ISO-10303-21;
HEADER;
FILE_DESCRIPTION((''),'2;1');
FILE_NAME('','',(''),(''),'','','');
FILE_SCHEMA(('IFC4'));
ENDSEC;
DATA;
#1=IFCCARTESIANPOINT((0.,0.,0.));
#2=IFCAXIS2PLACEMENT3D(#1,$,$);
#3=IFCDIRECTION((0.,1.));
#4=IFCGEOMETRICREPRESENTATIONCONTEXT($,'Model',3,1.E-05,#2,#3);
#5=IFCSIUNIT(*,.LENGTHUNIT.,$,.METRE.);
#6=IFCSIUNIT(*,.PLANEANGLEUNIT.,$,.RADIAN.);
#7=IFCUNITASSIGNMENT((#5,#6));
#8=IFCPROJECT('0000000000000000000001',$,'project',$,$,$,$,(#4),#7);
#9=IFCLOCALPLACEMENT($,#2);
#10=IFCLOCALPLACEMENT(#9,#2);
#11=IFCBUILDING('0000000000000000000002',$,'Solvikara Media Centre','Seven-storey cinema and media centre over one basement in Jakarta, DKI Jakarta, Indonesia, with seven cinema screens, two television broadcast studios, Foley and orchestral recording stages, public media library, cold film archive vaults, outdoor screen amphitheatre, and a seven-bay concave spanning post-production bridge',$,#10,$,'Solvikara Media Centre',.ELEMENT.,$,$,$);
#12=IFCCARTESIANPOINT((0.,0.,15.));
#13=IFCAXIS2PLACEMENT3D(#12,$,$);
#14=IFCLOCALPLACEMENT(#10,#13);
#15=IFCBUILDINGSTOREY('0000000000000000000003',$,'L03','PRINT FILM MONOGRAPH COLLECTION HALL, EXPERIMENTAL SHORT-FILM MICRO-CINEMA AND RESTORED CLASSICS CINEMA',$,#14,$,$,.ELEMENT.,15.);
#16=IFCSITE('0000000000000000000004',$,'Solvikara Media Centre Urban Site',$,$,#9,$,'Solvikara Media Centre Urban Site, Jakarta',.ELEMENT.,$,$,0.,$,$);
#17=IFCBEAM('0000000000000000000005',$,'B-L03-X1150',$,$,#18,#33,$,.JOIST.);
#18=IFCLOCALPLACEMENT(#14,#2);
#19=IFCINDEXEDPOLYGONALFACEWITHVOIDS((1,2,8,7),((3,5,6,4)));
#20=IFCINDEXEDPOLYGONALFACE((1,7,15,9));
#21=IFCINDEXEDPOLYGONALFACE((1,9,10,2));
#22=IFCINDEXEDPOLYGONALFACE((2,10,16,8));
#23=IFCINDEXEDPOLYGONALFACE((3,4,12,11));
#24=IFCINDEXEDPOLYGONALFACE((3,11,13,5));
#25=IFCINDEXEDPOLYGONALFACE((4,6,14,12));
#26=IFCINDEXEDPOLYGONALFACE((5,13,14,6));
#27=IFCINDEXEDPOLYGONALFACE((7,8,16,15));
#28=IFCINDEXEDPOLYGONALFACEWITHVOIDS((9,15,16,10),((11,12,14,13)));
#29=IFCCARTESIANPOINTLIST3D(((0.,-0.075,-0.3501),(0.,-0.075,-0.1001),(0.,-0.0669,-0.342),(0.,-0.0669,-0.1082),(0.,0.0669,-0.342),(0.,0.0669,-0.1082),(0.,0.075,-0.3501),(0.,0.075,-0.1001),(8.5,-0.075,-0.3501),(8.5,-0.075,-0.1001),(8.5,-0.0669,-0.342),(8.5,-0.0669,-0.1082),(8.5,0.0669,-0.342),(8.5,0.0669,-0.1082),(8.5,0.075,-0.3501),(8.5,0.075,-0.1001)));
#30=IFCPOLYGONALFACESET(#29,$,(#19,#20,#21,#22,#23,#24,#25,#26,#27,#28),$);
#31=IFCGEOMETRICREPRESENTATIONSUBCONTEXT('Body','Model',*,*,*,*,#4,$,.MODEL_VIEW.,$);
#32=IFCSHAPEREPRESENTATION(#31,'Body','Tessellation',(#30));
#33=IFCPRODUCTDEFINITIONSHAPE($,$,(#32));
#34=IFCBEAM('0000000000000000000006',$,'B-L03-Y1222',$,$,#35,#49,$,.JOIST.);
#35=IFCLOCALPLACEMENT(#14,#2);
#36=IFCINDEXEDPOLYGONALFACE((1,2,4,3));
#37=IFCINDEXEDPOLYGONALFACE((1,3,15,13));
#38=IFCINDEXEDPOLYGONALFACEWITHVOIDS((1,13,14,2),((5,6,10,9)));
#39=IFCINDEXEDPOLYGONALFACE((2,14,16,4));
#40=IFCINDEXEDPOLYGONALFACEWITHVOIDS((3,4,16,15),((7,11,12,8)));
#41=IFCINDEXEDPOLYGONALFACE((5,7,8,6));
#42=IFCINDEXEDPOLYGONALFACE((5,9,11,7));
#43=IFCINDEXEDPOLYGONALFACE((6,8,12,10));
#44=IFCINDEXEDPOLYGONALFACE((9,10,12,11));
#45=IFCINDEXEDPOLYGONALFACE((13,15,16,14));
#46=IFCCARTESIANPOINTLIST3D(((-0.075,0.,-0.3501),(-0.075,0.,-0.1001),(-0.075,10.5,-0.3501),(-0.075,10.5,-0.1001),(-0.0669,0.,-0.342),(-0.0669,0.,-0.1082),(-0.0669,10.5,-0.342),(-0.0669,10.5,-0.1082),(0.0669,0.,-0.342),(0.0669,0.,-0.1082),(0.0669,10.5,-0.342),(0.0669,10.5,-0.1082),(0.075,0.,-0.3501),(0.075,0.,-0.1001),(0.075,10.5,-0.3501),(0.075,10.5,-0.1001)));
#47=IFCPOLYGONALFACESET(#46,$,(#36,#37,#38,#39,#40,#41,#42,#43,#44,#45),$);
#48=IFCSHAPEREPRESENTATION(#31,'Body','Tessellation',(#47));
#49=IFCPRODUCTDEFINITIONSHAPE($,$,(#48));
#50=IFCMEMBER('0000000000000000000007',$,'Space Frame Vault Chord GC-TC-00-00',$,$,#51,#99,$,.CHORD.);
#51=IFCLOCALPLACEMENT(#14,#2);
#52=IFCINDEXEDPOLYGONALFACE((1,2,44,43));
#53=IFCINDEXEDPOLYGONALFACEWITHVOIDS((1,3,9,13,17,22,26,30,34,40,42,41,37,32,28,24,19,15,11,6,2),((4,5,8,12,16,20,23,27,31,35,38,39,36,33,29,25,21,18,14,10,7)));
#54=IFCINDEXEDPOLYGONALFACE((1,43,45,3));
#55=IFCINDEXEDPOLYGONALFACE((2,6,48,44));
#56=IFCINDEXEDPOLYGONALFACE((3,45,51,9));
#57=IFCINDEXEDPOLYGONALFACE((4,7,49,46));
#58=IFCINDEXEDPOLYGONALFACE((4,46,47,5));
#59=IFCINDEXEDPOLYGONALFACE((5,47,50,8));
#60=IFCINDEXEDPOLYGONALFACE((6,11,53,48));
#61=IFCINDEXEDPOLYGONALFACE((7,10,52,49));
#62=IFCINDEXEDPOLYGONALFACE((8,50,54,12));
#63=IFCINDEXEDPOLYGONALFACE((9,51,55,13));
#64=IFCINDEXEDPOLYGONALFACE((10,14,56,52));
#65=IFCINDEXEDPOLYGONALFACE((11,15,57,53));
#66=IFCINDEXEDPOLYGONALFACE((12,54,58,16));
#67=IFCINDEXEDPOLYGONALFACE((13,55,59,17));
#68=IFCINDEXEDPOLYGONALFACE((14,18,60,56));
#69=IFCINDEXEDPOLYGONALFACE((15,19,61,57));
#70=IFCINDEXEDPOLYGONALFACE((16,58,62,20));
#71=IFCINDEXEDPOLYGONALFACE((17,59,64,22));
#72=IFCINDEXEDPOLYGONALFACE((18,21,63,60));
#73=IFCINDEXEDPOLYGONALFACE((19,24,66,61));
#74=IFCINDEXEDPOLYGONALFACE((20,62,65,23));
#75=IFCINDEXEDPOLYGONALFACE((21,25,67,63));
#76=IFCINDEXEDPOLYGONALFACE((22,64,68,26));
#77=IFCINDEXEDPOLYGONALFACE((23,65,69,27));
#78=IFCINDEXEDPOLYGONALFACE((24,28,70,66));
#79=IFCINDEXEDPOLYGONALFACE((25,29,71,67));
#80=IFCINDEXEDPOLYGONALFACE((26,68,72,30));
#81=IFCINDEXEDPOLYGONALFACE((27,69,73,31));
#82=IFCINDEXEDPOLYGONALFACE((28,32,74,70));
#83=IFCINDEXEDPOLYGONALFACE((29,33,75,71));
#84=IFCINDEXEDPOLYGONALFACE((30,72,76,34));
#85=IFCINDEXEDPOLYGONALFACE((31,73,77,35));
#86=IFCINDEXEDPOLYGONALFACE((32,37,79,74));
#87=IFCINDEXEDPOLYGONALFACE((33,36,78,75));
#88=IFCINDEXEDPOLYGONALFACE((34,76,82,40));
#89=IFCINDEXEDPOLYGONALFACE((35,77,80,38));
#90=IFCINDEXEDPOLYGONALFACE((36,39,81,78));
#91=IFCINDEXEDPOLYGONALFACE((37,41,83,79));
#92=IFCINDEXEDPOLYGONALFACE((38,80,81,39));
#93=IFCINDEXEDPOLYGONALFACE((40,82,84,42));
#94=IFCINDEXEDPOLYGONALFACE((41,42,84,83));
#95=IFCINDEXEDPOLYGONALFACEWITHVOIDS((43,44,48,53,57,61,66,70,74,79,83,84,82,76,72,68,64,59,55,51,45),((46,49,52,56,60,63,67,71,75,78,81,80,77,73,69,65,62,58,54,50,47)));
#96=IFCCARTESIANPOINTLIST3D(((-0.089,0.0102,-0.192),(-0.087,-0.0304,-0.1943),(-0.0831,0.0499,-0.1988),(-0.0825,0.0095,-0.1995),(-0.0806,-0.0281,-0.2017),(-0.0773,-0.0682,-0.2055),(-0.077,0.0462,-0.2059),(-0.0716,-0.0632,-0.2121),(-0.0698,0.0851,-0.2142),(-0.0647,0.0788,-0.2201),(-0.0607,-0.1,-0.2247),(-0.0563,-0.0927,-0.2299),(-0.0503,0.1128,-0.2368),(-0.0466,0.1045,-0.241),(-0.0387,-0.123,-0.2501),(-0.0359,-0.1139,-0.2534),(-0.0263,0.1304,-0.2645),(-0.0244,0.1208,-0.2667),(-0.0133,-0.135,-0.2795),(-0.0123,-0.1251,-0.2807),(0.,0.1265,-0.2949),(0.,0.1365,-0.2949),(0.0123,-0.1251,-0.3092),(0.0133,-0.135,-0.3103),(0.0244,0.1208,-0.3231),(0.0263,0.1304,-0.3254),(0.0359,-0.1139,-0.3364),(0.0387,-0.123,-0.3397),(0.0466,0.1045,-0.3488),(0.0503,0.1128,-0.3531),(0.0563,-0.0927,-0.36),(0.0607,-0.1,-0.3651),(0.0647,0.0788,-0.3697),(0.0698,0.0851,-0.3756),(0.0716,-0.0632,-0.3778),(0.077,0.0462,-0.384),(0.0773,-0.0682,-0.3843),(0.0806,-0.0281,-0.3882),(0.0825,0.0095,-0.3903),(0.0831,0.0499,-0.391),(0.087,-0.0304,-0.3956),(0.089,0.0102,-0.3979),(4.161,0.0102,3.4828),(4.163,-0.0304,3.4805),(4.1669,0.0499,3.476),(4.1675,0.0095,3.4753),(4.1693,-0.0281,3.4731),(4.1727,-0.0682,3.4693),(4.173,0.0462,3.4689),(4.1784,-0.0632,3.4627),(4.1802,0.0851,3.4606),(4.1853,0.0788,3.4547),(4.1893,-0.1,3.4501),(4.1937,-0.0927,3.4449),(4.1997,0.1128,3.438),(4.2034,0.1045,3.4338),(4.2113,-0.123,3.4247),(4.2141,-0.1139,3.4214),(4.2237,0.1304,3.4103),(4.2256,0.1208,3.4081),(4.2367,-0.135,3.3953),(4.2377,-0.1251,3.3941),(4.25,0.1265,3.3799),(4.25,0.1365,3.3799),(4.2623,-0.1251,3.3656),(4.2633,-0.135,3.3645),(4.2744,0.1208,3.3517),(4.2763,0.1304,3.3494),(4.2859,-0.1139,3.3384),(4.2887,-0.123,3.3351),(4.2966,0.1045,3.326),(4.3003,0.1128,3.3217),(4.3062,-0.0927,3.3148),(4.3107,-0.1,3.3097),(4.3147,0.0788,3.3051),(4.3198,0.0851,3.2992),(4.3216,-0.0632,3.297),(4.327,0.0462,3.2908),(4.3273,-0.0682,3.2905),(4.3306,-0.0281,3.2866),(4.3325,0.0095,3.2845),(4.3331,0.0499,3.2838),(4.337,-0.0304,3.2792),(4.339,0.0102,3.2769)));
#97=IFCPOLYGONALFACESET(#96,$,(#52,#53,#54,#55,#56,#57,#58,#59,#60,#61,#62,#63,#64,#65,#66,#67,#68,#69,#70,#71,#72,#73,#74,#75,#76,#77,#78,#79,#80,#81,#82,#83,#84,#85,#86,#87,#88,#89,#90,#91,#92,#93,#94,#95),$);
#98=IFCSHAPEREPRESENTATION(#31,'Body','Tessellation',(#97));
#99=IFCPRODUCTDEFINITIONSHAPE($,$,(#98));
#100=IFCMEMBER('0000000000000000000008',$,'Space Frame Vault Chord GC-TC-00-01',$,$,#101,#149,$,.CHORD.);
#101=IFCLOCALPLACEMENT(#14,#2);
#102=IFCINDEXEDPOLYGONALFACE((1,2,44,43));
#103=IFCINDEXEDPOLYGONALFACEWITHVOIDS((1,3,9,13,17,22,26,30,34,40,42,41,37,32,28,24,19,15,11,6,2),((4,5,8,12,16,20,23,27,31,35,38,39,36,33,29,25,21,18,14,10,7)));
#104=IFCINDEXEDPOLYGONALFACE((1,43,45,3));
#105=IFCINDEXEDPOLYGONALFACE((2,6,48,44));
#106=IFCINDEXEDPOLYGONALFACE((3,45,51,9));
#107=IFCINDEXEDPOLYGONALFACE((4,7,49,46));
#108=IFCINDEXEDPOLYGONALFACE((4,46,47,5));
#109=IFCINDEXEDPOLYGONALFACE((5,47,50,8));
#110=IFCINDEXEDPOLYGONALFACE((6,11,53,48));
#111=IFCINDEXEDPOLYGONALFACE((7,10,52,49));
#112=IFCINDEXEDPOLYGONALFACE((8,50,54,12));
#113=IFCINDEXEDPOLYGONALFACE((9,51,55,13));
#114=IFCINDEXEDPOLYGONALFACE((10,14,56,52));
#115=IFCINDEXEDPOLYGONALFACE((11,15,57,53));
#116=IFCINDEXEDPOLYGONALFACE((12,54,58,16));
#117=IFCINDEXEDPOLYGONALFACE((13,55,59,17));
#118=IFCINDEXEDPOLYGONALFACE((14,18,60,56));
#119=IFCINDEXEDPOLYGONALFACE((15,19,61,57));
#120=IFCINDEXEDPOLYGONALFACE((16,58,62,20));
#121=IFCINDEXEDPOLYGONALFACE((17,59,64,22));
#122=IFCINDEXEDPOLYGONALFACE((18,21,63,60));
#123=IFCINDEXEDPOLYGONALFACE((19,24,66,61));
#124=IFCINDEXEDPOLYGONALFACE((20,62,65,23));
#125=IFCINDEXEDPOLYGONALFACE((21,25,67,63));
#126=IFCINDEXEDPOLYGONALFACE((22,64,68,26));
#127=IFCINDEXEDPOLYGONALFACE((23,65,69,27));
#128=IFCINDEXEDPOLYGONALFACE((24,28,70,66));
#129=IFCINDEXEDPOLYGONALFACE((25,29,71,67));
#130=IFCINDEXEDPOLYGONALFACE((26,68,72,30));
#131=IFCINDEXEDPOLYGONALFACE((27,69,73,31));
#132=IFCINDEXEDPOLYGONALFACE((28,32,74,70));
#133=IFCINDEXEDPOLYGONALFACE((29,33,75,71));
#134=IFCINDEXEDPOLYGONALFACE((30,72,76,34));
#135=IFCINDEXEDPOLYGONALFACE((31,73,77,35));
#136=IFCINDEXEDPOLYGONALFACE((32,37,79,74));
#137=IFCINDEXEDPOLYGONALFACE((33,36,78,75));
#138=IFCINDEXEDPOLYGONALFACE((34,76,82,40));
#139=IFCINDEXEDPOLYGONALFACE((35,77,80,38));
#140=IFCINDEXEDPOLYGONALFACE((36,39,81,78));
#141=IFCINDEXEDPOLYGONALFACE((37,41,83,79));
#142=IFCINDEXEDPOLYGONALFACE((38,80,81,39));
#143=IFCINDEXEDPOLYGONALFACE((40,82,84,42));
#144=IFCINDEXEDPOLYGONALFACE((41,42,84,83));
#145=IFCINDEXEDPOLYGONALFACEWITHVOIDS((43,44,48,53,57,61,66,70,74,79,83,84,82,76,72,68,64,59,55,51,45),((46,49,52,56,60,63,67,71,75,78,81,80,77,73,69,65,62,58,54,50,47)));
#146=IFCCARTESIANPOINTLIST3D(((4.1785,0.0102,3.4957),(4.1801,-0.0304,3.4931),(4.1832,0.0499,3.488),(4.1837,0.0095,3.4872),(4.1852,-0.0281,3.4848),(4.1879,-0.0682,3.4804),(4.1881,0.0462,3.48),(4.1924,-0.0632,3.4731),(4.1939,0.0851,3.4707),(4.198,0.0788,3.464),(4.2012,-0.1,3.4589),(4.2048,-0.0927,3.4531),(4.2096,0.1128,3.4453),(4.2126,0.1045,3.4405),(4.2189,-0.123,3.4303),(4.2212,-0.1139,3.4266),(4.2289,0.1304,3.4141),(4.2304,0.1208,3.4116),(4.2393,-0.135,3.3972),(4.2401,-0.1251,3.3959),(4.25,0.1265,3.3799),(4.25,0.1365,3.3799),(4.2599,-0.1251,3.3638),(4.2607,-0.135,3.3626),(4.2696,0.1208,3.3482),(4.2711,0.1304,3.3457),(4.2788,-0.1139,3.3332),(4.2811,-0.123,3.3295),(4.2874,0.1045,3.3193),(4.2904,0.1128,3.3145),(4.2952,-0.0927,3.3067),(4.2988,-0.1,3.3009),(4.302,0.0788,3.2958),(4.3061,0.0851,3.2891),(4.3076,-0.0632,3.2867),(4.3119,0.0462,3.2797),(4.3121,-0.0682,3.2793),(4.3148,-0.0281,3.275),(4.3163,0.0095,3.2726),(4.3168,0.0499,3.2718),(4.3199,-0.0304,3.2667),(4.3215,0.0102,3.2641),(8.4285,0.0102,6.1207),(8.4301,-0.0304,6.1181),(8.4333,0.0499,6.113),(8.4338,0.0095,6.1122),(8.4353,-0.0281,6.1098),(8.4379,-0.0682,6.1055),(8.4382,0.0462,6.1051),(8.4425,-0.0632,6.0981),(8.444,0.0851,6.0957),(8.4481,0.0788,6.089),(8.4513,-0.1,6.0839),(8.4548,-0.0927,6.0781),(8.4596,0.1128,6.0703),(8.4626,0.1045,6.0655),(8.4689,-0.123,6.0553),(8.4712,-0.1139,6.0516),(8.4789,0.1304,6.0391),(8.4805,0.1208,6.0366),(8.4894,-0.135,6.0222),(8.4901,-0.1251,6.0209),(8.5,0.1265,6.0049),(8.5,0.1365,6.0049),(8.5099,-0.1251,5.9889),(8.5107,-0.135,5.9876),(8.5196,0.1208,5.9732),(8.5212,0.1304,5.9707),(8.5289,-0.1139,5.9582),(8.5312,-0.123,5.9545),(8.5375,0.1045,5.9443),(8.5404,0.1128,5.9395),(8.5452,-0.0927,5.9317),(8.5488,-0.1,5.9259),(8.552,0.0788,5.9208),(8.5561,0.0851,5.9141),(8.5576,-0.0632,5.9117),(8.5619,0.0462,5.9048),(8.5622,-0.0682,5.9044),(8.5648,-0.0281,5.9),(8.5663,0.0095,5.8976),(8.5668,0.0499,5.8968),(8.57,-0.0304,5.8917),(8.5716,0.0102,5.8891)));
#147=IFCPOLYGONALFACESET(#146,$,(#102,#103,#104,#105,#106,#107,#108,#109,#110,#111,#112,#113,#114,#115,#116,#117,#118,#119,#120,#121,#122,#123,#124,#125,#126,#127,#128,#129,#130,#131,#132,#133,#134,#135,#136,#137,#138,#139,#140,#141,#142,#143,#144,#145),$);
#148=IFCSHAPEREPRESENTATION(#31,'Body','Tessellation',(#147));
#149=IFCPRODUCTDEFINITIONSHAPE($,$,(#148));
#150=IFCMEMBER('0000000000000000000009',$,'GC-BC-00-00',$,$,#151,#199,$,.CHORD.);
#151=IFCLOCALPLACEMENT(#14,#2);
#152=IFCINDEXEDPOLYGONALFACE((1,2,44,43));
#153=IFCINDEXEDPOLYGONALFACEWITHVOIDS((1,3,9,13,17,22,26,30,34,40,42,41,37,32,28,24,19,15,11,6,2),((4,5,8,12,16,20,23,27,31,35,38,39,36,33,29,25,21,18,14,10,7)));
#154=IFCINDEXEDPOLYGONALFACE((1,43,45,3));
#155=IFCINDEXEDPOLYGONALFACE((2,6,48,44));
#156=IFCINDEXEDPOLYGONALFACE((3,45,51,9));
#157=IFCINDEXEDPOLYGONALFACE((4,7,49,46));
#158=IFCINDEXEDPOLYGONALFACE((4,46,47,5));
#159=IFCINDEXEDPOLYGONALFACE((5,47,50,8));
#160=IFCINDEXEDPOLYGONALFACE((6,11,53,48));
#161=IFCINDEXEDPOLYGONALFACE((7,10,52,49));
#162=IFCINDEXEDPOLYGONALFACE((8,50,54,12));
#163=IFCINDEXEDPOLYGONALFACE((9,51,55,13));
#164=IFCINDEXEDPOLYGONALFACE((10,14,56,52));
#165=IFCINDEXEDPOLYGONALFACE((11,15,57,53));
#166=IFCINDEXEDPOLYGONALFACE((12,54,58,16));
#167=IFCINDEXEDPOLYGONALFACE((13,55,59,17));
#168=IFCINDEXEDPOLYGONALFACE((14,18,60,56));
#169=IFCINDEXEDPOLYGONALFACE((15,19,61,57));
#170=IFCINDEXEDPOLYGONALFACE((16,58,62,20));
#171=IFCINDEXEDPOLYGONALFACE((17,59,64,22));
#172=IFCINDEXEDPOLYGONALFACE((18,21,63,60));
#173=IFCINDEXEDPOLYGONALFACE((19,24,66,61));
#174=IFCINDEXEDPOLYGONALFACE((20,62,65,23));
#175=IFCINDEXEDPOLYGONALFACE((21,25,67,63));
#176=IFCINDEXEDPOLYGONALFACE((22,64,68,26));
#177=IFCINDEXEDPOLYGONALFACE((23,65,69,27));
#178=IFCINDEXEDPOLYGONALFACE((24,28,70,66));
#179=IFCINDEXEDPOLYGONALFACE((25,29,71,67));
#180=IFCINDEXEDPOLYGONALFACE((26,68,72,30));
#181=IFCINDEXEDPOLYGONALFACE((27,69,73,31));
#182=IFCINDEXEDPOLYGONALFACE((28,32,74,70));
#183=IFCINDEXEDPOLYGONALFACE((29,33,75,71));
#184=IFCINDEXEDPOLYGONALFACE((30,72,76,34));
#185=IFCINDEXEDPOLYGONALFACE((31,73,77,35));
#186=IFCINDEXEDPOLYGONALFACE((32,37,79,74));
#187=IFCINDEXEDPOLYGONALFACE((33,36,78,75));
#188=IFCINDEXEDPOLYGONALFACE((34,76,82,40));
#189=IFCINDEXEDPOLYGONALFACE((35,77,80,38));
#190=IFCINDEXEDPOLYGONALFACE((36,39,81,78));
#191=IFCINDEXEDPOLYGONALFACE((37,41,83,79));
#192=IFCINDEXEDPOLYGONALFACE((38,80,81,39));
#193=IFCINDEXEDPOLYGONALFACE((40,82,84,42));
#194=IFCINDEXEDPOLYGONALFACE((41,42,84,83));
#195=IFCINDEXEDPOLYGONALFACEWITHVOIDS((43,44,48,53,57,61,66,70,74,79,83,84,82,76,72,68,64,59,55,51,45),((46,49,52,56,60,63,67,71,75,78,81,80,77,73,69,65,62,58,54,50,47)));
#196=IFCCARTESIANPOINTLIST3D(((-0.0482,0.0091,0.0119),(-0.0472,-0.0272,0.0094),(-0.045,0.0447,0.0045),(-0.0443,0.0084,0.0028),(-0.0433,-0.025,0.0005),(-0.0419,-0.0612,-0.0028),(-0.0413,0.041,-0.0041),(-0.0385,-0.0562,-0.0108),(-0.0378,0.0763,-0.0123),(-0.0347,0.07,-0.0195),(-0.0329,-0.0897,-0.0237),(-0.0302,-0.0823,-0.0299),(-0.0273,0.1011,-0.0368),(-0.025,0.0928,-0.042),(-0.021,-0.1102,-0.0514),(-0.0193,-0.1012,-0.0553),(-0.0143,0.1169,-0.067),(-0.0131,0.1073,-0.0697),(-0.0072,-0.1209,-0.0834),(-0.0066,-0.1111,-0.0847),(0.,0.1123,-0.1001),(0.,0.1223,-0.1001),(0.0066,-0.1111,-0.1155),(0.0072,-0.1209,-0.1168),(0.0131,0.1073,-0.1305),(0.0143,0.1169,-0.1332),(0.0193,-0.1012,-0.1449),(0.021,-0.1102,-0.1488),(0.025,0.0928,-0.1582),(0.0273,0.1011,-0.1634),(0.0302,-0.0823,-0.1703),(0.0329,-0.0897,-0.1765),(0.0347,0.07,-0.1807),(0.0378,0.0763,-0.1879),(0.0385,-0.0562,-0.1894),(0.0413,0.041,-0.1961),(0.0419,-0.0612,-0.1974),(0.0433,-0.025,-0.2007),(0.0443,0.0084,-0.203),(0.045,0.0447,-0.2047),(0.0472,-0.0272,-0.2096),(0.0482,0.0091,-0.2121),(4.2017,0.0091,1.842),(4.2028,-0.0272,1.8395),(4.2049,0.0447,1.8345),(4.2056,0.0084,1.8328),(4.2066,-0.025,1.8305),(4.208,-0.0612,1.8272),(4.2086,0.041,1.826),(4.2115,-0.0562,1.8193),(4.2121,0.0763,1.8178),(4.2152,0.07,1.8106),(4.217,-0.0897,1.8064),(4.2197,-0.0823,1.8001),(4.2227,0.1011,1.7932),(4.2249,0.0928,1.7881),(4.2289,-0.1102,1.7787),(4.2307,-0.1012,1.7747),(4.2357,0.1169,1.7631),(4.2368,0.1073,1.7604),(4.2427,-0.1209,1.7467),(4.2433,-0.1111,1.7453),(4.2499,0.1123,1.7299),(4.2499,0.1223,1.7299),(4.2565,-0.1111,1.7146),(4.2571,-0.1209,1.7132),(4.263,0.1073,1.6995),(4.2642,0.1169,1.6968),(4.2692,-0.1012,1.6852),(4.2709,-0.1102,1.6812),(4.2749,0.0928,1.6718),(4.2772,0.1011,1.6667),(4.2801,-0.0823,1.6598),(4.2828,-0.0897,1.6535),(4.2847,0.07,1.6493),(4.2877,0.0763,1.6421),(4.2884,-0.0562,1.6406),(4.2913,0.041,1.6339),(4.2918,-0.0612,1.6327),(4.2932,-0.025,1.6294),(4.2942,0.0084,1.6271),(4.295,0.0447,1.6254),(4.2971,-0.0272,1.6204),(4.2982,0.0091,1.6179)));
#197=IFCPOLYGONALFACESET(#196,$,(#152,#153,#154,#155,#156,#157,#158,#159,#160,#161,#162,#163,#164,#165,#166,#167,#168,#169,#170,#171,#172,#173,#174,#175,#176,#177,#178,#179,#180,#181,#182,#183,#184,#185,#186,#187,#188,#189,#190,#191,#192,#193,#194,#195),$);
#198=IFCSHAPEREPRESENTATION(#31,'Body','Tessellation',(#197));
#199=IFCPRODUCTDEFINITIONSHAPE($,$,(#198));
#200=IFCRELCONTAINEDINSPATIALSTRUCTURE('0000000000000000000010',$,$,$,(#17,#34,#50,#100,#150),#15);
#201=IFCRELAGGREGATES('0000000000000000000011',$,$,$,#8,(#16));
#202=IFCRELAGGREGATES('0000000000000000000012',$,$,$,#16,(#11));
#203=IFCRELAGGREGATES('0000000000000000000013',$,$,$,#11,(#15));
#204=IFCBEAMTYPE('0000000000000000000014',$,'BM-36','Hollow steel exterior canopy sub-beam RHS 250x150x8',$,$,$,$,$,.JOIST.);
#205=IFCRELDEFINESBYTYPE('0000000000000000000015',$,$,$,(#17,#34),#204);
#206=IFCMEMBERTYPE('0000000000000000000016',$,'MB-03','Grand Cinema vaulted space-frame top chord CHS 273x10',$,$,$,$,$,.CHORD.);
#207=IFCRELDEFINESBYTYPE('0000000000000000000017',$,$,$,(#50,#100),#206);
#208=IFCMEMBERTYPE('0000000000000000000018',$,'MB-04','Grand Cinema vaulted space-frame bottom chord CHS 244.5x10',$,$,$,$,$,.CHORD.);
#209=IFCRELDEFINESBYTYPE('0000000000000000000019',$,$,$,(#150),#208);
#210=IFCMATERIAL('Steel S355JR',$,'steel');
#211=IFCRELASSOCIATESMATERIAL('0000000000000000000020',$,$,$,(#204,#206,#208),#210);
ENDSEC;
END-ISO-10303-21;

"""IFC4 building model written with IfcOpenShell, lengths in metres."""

from ifc_helpers import new_model, si_unit, direction, frame, origin, origin_2d, place, context, subcontext, project, spatial, hollow_rectangle, hollow_circle, extrude, material, material_profile, profile_set, type_object, element, save


model = new_model("IFC4")

# Units and contexts
model_context = context("Model", 3, precision=1e-05, world=origin(), true_north=direction((0.0, 1.0)))
body_context = subcontext(model_context, "Body", "Model", "MODEL_VIEW")
ifc_project = project(units=[si_unit("LENGTHUNIT", "METRE"), si_unit("PLANEANGLEUNIT", "RADIAN")], contexts=[model_context])

# Site, building, storey
site_placement = place(None, origin())
site = spatial("IfcSite", under=ifc_project, at=site_placement, Name="Solvikara Media Centre Urban Site", LongName="Solvikara Media Centre Urban Site, Jakarta", CompositionType="ELEMENT", RefElevation=0.0)
building_placement = place(site_placement, origin())
building = spatial("IfcBuilding", under=site, at=building_placement, Name="Solvikara Media Centre", Description="Seven-storey cinema and media centre over one basement in Jakarta, DKI Jakarta, Indonesia, with seven cinema screens, two television broadcast studios, Foley and orchestral recording stages, public media library, cold film archive vaults, outdoor screen amphitheatre, and a seven-bay concave spanning post-production bridge", LongName="Solvikara Media Centre", CompositionType="ELEMENT")
storey_placement = place(building_placement, frame((0.0, 0.0, 15.0)))
storey = spatial("IfcBuildingStorey", under=building, at=storey_placement, Name="L03", Description="PRINT FILM MONOGRAPH COLLECTION HALL, EXPERIMENTAL SHORT-FILM MICRO-CINEMA AND RESTORED CLASSICS CINEMA", CompositionType="ELEMENT", Elevation=15.0)

# Beams
ifc_material_1 = material(Name="Steel S355JR", Category="steel")
ifc_material_profile_1 = material_profile(ifc_material_1, hollow_rectangle(XDim=0.1499, YDim=0.25, WallThickness=0.0081, at=origin_2d()), Name="RHS 250x150x8")
ifc_profile_set_1 = profile_set([ifc_material_profile_1], Name="Steel S355JR")
beam_type = type_object("IfcBeamType", Name="BM-36", Description="Hollow steel exterior canopy sub-beam RHS 250x150x8", PredefinedType="JOIST", material=ifc_profile_set_1)
beam_1_placement = place(storey_placement, frame((0.0, 0.0, -0.2251), z_axis=(1.0, 0.0, 0.0), x_axis=(0.0, 1.0, 0.0)))
element("IfcBeam", 1, at=beam_1_placement, inside=storey, type_object=beam_type, Name="B-L03-X1150", PredefinedType="JOIST", context=body_context, shape_type="SweptSolid", body=[
    extrude(hollow_rectangle(XDim=0.1499, YDim=0.25, WallThickness=0.0081, at=origin_2d()), origin(), (0.0, 0.0, 1.0), 8.5),
])
beam_2_placement = place(storey_placement, frame((0.0, 0.0, -0.2251), z_axis=(0.0, 1.0, 0.0), x_axis=(-1.0, 0.0, 0.0)))
element("IfcBeam", 2, at=beam_2_placement, inside=storey, type_object=beam_type, Name="B-L03-Y1222", PredefinedType="JOIST", context=body_context, shape_type="SweptSolid", body=[
    extrude(hollow_rectangle(XDim=0.1499, YDim=0.25, WallThickness=0.0081, at=origin_2d()), origin(), (0.0, 0.0, 1.0), 10.5),
])

# Members
ifc_material_profile_2 = material_profile(ifc_material_1, hollow_circle(Radius=0.1365, WallThickness=0.01, at=origin_2d()), Name="CHS 273x10")
ifc_profile_set_2 = profile_set([ifc_material_profile_2], Name="Steel S355JR")
member_type_1 = type_object("IfcMemberType", Name="MB-03", Description="Grand Cinema vaulted space-frame top chord CHS 273x10", PredefinedType="CHORD", material=ifc_profile_set_2)
member_1_placement = place(storey_placement, frame((0.0, 0.0, -0.2949), z_axis=(0.75644, 0.0, 0.654063), x_axis=(0.0, 1.0, 0.0)))
element("IfcMember", 3, at=member_1_placement, inside=storey, type_object=member_type_1, Name="Space Frame Vault Chord GC-TC-00-00", PredefinedType="CHORD", context=body_context, shape_type="SweptSolid", body=[
    extrude(hollow_circle(Radius=0.1365, WallThickness=0.01, at=origin_2d()), origin(), (0.0, 0.0, 1.0), 5.6184),
])
member_2_placement = place(storey_placement, frame((4.25, 0.0, 3.3799), z_axis=(0.850798, 0.0, 0.525493), x_axis=(0.0, 1.0, 0.0)))
element("IfcMember", 4, at=member_2_placement, inside=storey, type_object=member_type_1, Name="Space Frame Vault Chord GC-TC-00-01", PredefinedType="CHORD", context=body_context, shape_type="SweptSolid", body=[
    extrude(hollow_circle(Radius=0.1365, WallThickness=0.01, at=origin_2d()), origin(), (0.0, 0.0, 1.0), 4.9954),
])
ifc_material_profile_3 = material_profile(ifc_material_1, hollow_circle(Radius=0.1223, WallThickness=0.01, at=origin_2d()), Name="CHS 244.5x10")
ifc_profile_set_3 = profile_set([ifc_material_profile_3], Name="Steel S355JR")
member_type_2 = type_object("IfcMemberType", Name="MB-04", Description="Grand Cinema vaulted space-frame bottom chord CHS 244.5x10", PredefinedType="CHORD", material=ifc_profile_set_3)
member_3_placement = place(storey_placement, frame((0.0, 0.0, -0.1001), z_axis=(0.918467, 0.0, 0.395498), x_axis=(0.0, 1.0, 0.0)))
element("IfcMember", 5, at=member_3_placement, inside=storey, type_object=member_type_2, Name="GC-BC-00-00", PredefinedType="CHORD", context=body_context, shape_type="SweptSolid", body=[
    extrude(hollow_circle(Radius=0.1223, WallThickness=0.01, at=origin_2d()), origin(), (0.0, 0.0, 1.0), 4.6272),
])

save(model, "model.ifc")
